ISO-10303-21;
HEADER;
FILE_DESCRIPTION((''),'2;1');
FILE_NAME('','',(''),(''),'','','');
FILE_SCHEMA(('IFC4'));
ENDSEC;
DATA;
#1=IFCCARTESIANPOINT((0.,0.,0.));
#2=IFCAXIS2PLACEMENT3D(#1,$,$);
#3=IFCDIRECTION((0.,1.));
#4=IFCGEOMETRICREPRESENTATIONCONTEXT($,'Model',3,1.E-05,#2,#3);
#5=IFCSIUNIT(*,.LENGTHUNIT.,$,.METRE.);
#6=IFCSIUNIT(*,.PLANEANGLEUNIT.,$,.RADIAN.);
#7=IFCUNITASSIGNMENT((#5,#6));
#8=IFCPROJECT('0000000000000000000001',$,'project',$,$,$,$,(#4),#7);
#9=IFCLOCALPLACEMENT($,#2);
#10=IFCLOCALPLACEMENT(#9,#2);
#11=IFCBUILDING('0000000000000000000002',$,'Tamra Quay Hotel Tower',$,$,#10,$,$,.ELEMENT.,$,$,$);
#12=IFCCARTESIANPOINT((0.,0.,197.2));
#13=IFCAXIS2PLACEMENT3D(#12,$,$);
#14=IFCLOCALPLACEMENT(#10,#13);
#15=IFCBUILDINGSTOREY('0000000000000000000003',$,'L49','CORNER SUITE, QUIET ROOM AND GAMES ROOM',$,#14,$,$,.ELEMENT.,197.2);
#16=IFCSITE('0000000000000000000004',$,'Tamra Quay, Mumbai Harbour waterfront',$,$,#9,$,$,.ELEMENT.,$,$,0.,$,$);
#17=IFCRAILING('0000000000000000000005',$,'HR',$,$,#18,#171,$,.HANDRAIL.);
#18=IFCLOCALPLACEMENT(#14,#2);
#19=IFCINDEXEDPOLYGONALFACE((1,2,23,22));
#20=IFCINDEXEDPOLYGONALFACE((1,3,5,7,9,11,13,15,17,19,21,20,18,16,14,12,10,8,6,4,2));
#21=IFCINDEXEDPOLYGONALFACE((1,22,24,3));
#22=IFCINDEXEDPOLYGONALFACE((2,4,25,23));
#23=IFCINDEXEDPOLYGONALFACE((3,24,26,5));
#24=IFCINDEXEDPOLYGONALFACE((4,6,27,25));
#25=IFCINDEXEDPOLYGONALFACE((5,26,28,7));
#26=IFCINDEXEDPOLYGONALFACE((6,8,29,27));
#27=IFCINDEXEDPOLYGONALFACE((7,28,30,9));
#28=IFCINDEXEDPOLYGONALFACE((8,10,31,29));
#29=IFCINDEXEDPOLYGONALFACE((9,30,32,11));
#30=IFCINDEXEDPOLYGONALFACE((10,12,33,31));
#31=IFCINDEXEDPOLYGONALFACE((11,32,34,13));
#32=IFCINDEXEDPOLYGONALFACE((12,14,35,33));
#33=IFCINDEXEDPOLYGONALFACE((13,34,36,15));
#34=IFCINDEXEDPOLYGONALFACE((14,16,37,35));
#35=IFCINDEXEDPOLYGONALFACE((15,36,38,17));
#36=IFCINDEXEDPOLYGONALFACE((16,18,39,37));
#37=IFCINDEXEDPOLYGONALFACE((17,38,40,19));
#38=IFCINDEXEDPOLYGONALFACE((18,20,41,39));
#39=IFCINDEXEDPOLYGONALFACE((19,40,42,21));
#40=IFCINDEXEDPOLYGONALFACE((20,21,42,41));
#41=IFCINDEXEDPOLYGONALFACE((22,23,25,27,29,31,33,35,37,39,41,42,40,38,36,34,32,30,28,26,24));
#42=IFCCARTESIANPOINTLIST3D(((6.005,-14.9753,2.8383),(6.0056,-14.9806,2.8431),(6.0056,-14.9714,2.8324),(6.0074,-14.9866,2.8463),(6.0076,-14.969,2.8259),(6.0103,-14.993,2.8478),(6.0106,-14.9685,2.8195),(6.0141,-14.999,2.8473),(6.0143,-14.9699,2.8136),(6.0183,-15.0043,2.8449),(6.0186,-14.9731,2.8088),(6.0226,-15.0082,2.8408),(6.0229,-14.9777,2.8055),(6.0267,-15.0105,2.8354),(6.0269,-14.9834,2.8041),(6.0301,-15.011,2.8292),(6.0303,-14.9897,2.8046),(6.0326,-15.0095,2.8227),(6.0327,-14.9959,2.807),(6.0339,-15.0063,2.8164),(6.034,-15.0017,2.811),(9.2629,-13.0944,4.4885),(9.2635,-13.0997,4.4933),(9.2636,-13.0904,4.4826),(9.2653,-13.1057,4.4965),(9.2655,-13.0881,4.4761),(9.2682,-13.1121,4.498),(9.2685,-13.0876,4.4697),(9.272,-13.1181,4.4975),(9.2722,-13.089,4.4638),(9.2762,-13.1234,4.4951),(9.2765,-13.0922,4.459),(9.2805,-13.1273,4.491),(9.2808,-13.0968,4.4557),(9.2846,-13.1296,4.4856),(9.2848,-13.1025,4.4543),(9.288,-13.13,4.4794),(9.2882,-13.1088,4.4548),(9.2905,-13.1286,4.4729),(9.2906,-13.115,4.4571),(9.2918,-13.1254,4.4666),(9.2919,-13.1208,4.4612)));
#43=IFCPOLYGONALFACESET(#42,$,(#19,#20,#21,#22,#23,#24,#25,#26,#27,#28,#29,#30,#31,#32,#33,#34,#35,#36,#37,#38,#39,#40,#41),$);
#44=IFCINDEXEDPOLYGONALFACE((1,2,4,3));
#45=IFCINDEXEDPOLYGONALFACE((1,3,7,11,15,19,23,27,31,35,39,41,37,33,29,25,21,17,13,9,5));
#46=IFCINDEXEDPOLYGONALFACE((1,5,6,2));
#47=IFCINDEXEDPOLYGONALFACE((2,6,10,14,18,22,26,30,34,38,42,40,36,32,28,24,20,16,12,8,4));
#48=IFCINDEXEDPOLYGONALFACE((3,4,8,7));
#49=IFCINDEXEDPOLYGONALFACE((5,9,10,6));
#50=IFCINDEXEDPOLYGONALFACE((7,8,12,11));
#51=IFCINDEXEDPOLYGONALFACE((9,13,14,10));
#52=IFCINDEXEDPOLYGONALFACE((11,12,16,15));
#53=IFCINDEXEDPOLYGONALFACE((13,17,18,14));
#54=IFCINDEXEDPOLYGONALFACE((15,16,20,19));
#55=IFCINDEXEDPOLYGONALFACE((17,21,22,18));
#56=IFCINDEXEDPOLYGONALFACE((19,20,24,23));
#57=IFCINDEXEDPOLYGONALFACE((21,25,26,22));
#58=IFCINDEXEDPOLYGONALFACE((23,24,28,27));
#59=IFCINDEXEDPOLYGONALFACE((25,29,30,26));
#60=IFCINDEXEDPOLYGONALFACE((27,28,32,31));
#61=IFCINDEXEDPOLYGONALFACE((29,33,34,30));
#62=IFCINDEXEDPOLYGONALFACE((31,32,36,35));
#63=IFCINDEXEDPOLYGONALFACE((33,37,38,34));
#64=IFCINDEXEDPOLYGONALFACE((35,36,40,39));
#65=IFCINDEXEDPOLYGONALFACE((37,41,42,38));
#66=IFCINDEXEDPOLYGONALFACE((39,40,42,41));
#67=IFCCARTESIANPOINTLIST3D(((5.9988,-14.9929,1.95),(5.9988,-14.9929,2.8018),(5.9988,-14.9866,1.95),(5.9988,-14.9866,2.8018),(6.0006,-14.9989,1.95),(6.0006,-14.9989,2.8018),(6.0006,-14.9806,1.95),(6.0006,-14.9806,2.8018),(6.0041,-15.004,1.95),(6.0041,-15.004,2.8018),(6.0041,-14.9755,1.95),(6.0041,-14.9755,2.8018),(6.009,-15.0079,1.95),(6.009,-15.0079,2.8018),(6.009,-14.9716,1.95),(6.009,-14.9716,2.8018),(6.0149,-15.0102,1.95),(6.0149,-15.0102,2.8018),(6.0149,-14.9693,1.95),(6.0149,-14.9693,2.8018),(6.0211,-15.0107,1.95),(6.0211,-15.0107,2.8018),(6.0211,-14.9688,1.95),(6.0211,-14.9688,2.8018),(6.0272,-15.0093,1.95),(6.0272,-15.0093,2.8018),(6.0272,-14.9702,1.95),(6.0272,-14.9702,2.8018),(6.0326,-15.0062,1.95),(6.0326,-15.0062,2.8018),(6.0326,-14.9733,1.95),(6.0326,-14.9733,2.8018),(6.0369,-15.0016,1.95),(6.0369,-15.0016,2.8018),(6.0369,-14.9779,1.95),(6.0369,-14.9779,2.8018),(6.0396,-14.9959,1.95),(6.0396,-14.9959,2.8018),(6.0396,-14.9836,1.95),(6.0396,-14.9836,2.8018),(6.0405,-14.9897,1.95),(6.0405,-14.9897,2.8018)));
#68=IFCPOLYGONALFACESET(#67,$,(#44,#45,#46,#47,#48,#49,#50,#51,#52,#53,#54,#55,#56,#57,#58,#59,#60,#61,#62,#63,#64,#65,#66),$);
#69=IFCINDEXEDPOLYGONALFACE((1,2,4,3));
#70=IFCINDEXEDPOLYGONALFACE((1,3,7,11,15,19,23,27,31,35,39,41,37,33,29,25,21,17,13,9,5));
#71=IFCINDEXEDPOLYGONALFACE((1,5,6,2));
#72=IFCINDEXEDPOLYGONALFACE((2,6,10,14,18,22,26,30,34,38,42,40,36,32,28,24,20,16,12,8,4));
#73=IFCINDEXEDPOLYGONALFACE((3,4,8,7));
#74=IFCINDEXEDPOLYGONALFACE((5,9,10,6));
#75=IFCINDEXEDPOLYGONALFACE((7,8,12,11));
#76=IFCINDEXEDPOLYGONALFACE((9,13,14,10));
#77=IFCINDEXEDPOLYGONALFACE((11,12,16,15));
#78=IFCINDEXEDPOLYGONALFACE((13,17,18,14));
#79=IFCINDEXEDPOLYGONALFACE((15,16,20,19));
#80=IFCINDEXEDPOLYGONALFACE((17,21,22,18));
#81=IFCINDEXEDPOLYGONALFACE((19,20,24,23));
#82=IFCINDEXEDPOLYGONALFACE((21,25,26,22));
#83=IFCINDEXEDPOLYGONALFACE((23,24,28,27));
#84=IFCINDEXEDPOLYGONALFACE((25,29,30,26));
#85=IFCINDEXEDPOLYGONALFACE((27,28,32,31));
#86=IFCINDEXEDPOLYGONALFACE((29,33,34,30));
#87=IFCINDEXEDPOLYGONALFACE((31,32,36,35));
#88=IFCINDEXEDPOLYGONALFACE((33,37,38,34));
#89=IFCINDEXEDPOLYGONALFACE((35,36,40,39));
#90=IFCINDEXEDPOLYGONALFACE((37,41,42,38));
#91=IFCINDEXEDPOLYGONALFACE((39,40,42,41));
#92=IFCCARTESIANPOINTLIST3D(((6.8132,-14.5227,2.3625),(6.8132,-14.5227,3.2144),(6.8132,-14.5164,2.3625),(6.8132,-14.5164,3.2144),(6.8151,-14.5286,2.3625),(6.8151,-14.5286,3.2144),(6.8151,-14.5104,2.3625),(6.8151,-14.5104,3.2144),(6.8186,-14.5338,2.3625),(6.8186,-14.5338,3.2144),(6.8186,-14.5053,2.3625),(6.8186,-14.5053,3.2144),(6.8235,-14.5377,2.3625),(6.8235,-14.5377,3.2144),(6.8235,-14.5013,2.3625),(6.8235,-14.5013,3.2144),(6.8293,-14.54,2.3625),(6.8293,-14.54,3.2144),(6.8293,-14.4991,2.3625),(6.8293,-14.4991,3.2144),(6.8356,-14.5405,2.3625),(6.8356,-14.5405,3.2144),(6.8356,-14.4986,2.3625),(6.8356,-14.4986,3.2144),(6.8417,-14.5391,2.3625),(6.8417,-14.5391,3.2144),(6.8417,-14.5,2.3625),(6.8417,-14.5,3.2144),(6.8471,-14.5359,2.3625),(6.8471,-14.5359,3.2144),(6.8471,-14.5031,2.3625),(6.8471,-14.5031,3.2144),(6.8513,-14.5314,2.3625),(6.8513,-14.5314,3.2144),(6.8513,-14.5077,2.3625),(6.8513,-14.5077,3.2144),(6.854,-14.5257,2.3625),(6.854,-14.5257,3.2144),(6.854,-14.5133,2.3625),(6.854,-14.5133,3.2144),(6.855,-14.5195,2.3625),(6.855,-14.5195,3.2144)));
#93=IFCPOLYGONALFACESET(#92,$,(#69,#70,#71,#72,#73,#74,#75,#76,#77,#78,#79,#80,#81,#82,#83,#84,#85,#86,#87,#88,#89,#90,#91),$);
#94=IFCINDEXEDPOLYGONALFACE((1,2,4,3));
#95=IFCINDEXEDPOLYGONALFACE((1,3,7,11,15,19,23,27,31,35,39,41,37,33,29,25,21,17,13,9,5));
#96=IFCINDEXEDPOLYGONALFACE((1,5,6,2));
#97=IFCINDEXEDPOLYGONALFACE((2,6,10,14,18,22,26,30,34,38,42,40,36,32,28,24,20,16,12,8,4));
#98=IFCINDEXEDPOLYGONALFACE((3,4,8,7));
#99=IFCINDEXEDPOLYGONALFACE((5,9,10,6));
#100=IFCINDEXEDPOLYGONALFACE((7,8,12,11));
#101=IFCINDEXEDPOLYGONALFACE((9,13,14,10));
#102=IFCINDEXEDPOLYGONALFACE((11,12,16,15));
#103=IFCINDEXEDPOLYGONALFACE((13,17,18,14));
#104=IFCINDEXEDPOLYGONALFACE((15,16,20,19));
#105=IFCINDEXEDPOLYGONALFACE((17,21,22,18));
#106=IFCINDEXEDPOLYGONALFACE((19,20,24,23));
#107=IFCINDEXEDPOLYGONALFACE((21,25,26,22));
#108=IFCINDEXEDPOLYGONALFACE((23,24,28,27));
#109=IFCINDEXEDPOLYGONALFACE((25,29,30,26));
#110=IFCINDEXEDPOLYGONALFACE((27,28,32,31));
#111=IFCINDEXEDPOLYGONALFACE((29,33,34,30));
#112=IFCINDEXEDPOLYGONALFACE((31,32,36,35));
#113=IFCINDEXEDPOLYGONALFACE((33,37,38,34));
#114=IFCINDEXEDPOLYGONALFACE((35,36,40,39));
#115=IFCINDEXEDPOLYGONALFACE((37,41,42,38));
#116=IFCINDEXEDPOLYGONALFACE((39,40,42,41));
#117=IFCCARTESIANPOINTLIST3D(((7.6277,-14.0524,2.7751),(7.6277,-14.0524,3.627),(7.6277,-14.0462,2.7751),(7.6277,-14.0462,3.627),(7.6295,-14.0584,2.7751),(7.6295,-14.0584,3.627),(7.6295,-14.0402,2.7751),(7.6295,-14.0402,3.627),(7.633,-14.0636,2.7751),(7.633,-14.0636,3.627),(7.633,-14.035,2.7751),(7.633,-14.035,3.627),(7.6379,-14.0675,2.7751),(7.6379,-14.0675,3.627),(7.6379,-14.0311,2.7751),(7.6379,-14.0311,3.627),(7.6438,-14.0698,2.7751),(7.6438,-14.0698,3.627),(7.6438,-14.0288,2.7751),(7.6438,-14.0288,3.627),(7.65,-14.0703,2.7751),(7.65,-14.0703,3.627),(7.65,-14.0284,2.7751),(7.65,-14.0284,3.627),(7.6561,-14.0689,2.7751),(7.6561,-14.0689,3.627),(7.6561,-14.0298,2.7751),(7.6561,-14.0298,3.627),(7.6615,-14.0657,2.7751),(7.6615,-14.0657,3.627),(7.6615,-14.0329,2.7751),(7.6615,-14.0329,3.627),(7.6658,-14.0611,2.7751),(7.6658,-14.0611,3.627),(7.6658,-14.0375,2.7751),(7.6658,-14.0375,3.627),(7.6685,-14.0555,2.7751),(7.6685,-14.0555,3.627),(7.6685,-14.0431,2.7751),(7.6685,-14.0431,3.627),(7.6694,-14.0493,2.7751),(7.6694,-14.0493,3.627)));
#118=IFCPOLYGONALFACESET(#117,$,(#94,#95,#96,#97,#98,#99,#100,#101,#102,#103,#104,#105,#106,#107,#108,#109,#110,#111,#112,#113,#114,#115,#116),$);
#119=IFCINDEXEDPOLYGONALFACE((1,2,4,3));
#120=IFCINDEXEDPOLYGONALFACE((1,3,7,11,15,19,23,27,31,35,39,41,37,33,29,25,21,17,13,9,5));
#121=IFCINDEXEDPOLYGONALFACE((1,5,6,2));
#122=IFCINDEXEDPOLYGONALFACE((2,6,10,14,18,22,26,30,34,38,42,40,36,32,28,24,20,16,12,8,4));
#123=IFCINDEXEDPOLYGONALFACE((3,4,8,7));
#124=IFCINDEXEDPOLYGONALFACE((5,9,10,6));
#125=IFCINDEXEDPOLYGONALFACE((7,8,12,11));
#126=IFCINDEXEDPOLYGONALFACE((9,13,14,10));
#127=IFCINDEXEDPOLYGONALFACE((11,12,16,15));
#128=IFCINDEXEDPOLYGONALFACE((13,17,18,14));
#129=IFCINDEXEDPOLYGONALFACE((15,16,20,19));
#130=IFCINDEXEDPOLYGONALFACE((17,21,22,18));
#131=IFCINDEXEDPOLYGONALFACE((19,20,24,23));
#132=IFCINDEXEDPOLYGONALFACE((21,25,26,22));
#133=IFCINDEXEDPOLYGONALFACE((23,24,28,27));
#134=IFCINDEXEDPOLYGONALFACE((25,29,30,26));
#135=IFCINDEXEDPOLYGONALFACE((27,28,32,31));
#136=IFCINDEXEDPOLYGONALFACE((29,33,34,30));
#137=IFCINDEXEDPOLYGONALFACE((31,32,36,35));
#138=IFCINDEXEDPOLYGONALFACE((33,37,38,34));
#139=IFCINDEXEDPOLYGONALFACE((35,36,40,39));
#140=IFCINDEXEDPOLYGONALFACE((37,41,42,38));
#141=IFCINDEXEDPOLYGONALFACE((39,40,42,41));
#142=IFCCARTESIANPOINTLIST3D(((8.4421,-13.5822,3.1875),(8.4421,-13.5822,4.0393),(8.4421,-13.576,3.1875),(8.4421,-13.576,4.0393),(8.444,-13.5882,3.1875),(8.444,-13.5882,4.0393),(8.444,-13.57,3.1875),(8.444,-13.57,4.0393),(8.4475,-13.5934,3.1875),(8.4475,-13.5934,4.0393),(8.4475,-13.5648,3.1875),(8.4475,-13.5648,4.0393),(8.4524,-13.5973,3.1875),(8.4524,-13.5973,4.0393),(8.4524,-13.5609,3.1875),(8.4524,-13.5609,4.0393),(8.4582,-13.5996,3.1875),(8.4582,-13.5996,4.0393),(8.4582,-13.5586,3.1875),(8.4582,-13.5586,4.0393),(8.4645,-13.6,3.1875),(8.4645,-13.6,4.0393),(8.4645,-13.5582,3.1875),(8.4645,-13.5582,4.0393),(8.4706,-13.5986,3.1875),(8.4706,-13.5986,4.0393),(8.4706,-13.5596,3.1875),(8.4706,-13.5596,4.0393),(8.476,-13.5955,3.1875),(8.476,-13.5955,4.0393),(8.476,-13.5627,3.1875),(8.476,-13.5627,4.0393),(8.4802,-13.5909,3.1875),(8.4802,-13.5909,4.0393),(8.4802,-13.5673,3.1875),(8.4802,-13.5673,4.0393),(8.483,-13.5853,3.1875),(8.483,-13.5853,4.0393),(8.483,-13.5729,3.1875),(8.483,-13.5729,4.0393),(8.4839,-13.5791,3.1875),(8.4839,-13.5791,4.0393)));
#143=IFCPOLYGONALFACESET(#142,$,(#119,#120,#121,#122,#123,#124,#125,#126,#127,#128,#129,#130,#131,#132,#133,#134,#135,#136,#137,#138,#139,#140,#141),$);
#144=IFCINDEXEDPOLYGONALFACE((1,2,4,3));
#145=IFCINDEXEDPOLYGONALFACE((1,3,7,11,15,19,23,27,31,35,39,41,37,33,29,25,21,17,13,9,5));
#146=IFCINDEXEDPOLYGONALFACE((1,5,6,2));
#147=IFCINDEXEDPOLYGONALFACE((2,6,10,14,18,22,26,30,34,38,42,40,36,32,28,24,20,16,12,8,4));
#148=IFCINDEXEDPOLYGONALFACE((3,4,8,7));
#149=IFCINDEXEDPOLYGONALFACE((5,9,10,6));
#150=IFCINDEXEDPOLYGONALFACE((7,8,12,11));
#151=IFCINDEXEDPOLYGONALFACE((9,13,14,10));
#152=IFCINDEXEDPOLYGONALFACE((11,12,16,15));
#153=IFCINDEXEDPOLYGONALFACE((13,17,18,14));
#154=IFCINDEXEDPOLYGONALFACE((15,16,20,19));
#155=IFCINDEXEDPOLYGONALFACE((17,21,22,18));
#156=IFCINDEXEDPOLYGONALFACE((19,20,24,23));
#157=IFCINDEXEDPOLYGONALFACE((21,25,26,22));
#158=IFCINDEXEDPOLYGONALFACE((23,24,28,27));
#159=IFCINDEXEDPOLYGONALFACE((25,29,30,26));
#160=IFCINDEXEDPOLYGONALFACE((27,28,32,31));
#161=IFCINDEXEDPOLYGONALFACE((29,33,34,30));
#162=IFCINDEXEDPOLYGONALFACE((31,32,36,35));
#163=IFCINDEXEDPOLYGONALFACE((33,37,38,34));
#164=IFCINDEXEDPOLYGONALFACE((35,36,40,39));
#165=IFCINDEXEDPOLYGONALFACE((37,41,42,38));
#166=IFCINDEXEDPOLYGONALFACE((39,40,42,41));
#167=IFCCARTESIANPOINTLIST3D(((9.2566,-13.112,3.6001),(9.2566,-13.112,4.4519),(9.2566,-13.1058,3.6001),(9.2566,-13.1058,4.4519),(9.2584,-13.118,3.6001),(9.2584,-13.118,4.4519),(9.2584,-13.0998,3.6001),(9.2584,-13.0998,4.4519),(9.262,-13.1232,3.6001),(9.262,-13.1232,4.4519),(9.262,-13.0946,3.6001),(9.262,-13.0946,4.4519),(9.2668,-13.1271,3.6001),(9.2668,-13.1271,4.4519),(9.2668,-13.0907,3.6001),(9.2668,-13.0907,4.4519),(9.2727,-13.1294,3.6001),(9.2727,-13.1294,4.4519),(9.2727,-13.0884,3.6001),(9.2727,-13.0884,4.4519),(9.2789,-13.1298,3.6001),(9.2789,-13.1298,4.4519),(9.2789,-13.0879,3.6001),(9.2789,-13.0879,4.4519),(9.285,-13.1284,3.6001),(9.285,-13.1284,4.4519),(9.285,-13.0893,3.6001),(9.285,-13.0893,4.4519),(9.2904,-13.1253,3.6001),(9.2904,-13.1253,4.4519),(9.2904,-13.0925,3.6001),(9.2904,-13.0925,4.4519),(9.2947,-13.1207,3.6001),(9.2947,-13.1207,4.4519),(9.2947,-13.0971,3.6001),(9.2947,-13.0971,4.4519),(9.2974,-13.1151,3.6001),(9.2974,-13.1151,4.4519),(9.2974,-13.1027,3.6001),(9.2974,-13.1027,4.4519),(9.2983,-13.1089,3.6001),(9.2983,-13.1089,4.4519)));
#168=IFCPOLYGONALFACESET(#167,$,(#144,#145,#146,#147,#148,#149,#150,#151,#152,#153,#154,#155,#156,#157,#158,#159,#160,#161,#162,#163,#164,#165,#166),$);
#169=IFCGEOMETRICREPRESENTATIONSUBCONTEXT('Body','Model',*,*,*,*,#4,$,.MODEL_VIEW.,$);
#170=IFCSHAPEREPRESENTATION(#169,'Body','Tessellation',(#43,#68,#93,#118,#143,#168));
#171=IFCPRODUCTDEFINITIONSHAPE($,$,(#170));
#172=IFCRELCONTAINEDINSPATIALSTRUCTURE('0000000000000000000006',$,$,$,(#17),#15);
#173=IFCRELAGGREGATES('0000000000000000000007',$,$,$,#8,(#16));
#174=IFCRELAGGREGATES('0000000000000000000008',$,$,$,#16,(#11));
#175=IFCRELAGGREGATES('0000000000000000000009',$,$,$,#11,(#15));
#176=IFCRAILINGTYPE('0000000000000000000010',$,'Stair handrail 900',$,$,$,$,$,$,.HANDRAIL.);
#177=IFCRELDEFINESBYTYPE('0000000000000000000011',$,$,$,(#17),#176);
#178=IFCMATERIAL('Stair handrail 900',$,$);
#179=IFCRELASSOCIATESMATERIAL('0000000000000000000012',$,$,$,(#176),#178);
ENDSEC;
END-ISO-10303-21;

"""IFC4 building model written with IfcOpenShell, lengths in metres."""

from ifc_helpers import new_model, si_unit, direction, frame, origin, origin_2d, place, context, subcontext, project, spatial, circle, extrude, material, type_object, element, save


model = new_model("IFC4")

# Units and contexts
model_context = context("Model", 3, precision=1e-05, world=origin(), true_north=direction((0.0, 1.0)))
body_context = subcontext(model_context, "Body", "Model", "MODEL_VIEW")
ifc_project = project(units=[si_unit("LENGTHUNIT", "METRE"), si_unit("PLANEANGLEUNIT", "RADIAN")], contexts=[model_context])

# Site, building, storey
site_placement = place(None, origin())
site = spatial("IfcSite", under=ifc_project, at=site_placement, Name="Tamra Quay, Mumbai Harbour waterfront", CompositionType="ELEMENT", RefElevation=0.0)
building_placement = place(site_placement, origin())
building = spatial("IfcBuilding", under=site, at=building_placement, Name="Tamra Quay Hotel Tower", CompositionType="ELEMENT")
storey_placement = place(building_placement, frame((0.0, 0.0, 197.2)))
storey = spatial("IfcBuildingStorey", under=building, at=storey_placement, Name="L49", Description="CORNER SUITE, QUIET ROOM AND GAMES ROOM", CompositionType="ELEMENT", Elevation=197.2)

# Railing
ifc_material_1 = material(Name="Stair handrail 900")
railing_type_1 = type_object("IfcRailingType", Name="Stair handrail 900", PredefinedType="HANDRAIL", material=ifc_material_1)
railing_1_placement = place(storey_placement, frame((6.0195, -14.9897, 1.95)))
element("IfcRailing", 1, at=railing_1_placement, inside=storey, type_object=railing_type_1, Name="HR", PredefinedType="HANDRAIL", context=body_context, shape_type="SweptSolid", body=[
    extrude(circle(Radius=0.0239, at=origin_2d()), frame((0.0, 0.0, 0.876), z_axis=(0.793081, 0.457876, 0.401711), x_axis=(-0.499992, 0.86603, 0.0)), (0.0, 0.0, 1.0), 4.1079),
    extrude(circle(Radius=0.021, at=origin_2d()), origin(), (0.0, 0.0, 1.0), 0.8518),
    extrude(circle(Radius=0.021, at=origin_2d()), frame((0.8145, 0.4702, 0.4126)), (0.0, 0.0, 1.0), 0.8518),
    extrude(circle(Radius=0.021, at=origin_2d()), frame((1.6289, 0.9404, 0.8252)), (0.0, 0.0, 1.0), 0.8518),
    extrude(circle(Radius=0.021, at=origin_2d()), frame((2.4434, 1.4106, 1.2375)), (0.0, 0.0, 1.0), 0.8518),
    extrude(circle(Radius=0.021, at=origin_2d()), frame((3.2578, 1.8809, 1.6501)), (0.0, 0.0, 1.0), 0.8518),
])

save(model, "model.ifc")
